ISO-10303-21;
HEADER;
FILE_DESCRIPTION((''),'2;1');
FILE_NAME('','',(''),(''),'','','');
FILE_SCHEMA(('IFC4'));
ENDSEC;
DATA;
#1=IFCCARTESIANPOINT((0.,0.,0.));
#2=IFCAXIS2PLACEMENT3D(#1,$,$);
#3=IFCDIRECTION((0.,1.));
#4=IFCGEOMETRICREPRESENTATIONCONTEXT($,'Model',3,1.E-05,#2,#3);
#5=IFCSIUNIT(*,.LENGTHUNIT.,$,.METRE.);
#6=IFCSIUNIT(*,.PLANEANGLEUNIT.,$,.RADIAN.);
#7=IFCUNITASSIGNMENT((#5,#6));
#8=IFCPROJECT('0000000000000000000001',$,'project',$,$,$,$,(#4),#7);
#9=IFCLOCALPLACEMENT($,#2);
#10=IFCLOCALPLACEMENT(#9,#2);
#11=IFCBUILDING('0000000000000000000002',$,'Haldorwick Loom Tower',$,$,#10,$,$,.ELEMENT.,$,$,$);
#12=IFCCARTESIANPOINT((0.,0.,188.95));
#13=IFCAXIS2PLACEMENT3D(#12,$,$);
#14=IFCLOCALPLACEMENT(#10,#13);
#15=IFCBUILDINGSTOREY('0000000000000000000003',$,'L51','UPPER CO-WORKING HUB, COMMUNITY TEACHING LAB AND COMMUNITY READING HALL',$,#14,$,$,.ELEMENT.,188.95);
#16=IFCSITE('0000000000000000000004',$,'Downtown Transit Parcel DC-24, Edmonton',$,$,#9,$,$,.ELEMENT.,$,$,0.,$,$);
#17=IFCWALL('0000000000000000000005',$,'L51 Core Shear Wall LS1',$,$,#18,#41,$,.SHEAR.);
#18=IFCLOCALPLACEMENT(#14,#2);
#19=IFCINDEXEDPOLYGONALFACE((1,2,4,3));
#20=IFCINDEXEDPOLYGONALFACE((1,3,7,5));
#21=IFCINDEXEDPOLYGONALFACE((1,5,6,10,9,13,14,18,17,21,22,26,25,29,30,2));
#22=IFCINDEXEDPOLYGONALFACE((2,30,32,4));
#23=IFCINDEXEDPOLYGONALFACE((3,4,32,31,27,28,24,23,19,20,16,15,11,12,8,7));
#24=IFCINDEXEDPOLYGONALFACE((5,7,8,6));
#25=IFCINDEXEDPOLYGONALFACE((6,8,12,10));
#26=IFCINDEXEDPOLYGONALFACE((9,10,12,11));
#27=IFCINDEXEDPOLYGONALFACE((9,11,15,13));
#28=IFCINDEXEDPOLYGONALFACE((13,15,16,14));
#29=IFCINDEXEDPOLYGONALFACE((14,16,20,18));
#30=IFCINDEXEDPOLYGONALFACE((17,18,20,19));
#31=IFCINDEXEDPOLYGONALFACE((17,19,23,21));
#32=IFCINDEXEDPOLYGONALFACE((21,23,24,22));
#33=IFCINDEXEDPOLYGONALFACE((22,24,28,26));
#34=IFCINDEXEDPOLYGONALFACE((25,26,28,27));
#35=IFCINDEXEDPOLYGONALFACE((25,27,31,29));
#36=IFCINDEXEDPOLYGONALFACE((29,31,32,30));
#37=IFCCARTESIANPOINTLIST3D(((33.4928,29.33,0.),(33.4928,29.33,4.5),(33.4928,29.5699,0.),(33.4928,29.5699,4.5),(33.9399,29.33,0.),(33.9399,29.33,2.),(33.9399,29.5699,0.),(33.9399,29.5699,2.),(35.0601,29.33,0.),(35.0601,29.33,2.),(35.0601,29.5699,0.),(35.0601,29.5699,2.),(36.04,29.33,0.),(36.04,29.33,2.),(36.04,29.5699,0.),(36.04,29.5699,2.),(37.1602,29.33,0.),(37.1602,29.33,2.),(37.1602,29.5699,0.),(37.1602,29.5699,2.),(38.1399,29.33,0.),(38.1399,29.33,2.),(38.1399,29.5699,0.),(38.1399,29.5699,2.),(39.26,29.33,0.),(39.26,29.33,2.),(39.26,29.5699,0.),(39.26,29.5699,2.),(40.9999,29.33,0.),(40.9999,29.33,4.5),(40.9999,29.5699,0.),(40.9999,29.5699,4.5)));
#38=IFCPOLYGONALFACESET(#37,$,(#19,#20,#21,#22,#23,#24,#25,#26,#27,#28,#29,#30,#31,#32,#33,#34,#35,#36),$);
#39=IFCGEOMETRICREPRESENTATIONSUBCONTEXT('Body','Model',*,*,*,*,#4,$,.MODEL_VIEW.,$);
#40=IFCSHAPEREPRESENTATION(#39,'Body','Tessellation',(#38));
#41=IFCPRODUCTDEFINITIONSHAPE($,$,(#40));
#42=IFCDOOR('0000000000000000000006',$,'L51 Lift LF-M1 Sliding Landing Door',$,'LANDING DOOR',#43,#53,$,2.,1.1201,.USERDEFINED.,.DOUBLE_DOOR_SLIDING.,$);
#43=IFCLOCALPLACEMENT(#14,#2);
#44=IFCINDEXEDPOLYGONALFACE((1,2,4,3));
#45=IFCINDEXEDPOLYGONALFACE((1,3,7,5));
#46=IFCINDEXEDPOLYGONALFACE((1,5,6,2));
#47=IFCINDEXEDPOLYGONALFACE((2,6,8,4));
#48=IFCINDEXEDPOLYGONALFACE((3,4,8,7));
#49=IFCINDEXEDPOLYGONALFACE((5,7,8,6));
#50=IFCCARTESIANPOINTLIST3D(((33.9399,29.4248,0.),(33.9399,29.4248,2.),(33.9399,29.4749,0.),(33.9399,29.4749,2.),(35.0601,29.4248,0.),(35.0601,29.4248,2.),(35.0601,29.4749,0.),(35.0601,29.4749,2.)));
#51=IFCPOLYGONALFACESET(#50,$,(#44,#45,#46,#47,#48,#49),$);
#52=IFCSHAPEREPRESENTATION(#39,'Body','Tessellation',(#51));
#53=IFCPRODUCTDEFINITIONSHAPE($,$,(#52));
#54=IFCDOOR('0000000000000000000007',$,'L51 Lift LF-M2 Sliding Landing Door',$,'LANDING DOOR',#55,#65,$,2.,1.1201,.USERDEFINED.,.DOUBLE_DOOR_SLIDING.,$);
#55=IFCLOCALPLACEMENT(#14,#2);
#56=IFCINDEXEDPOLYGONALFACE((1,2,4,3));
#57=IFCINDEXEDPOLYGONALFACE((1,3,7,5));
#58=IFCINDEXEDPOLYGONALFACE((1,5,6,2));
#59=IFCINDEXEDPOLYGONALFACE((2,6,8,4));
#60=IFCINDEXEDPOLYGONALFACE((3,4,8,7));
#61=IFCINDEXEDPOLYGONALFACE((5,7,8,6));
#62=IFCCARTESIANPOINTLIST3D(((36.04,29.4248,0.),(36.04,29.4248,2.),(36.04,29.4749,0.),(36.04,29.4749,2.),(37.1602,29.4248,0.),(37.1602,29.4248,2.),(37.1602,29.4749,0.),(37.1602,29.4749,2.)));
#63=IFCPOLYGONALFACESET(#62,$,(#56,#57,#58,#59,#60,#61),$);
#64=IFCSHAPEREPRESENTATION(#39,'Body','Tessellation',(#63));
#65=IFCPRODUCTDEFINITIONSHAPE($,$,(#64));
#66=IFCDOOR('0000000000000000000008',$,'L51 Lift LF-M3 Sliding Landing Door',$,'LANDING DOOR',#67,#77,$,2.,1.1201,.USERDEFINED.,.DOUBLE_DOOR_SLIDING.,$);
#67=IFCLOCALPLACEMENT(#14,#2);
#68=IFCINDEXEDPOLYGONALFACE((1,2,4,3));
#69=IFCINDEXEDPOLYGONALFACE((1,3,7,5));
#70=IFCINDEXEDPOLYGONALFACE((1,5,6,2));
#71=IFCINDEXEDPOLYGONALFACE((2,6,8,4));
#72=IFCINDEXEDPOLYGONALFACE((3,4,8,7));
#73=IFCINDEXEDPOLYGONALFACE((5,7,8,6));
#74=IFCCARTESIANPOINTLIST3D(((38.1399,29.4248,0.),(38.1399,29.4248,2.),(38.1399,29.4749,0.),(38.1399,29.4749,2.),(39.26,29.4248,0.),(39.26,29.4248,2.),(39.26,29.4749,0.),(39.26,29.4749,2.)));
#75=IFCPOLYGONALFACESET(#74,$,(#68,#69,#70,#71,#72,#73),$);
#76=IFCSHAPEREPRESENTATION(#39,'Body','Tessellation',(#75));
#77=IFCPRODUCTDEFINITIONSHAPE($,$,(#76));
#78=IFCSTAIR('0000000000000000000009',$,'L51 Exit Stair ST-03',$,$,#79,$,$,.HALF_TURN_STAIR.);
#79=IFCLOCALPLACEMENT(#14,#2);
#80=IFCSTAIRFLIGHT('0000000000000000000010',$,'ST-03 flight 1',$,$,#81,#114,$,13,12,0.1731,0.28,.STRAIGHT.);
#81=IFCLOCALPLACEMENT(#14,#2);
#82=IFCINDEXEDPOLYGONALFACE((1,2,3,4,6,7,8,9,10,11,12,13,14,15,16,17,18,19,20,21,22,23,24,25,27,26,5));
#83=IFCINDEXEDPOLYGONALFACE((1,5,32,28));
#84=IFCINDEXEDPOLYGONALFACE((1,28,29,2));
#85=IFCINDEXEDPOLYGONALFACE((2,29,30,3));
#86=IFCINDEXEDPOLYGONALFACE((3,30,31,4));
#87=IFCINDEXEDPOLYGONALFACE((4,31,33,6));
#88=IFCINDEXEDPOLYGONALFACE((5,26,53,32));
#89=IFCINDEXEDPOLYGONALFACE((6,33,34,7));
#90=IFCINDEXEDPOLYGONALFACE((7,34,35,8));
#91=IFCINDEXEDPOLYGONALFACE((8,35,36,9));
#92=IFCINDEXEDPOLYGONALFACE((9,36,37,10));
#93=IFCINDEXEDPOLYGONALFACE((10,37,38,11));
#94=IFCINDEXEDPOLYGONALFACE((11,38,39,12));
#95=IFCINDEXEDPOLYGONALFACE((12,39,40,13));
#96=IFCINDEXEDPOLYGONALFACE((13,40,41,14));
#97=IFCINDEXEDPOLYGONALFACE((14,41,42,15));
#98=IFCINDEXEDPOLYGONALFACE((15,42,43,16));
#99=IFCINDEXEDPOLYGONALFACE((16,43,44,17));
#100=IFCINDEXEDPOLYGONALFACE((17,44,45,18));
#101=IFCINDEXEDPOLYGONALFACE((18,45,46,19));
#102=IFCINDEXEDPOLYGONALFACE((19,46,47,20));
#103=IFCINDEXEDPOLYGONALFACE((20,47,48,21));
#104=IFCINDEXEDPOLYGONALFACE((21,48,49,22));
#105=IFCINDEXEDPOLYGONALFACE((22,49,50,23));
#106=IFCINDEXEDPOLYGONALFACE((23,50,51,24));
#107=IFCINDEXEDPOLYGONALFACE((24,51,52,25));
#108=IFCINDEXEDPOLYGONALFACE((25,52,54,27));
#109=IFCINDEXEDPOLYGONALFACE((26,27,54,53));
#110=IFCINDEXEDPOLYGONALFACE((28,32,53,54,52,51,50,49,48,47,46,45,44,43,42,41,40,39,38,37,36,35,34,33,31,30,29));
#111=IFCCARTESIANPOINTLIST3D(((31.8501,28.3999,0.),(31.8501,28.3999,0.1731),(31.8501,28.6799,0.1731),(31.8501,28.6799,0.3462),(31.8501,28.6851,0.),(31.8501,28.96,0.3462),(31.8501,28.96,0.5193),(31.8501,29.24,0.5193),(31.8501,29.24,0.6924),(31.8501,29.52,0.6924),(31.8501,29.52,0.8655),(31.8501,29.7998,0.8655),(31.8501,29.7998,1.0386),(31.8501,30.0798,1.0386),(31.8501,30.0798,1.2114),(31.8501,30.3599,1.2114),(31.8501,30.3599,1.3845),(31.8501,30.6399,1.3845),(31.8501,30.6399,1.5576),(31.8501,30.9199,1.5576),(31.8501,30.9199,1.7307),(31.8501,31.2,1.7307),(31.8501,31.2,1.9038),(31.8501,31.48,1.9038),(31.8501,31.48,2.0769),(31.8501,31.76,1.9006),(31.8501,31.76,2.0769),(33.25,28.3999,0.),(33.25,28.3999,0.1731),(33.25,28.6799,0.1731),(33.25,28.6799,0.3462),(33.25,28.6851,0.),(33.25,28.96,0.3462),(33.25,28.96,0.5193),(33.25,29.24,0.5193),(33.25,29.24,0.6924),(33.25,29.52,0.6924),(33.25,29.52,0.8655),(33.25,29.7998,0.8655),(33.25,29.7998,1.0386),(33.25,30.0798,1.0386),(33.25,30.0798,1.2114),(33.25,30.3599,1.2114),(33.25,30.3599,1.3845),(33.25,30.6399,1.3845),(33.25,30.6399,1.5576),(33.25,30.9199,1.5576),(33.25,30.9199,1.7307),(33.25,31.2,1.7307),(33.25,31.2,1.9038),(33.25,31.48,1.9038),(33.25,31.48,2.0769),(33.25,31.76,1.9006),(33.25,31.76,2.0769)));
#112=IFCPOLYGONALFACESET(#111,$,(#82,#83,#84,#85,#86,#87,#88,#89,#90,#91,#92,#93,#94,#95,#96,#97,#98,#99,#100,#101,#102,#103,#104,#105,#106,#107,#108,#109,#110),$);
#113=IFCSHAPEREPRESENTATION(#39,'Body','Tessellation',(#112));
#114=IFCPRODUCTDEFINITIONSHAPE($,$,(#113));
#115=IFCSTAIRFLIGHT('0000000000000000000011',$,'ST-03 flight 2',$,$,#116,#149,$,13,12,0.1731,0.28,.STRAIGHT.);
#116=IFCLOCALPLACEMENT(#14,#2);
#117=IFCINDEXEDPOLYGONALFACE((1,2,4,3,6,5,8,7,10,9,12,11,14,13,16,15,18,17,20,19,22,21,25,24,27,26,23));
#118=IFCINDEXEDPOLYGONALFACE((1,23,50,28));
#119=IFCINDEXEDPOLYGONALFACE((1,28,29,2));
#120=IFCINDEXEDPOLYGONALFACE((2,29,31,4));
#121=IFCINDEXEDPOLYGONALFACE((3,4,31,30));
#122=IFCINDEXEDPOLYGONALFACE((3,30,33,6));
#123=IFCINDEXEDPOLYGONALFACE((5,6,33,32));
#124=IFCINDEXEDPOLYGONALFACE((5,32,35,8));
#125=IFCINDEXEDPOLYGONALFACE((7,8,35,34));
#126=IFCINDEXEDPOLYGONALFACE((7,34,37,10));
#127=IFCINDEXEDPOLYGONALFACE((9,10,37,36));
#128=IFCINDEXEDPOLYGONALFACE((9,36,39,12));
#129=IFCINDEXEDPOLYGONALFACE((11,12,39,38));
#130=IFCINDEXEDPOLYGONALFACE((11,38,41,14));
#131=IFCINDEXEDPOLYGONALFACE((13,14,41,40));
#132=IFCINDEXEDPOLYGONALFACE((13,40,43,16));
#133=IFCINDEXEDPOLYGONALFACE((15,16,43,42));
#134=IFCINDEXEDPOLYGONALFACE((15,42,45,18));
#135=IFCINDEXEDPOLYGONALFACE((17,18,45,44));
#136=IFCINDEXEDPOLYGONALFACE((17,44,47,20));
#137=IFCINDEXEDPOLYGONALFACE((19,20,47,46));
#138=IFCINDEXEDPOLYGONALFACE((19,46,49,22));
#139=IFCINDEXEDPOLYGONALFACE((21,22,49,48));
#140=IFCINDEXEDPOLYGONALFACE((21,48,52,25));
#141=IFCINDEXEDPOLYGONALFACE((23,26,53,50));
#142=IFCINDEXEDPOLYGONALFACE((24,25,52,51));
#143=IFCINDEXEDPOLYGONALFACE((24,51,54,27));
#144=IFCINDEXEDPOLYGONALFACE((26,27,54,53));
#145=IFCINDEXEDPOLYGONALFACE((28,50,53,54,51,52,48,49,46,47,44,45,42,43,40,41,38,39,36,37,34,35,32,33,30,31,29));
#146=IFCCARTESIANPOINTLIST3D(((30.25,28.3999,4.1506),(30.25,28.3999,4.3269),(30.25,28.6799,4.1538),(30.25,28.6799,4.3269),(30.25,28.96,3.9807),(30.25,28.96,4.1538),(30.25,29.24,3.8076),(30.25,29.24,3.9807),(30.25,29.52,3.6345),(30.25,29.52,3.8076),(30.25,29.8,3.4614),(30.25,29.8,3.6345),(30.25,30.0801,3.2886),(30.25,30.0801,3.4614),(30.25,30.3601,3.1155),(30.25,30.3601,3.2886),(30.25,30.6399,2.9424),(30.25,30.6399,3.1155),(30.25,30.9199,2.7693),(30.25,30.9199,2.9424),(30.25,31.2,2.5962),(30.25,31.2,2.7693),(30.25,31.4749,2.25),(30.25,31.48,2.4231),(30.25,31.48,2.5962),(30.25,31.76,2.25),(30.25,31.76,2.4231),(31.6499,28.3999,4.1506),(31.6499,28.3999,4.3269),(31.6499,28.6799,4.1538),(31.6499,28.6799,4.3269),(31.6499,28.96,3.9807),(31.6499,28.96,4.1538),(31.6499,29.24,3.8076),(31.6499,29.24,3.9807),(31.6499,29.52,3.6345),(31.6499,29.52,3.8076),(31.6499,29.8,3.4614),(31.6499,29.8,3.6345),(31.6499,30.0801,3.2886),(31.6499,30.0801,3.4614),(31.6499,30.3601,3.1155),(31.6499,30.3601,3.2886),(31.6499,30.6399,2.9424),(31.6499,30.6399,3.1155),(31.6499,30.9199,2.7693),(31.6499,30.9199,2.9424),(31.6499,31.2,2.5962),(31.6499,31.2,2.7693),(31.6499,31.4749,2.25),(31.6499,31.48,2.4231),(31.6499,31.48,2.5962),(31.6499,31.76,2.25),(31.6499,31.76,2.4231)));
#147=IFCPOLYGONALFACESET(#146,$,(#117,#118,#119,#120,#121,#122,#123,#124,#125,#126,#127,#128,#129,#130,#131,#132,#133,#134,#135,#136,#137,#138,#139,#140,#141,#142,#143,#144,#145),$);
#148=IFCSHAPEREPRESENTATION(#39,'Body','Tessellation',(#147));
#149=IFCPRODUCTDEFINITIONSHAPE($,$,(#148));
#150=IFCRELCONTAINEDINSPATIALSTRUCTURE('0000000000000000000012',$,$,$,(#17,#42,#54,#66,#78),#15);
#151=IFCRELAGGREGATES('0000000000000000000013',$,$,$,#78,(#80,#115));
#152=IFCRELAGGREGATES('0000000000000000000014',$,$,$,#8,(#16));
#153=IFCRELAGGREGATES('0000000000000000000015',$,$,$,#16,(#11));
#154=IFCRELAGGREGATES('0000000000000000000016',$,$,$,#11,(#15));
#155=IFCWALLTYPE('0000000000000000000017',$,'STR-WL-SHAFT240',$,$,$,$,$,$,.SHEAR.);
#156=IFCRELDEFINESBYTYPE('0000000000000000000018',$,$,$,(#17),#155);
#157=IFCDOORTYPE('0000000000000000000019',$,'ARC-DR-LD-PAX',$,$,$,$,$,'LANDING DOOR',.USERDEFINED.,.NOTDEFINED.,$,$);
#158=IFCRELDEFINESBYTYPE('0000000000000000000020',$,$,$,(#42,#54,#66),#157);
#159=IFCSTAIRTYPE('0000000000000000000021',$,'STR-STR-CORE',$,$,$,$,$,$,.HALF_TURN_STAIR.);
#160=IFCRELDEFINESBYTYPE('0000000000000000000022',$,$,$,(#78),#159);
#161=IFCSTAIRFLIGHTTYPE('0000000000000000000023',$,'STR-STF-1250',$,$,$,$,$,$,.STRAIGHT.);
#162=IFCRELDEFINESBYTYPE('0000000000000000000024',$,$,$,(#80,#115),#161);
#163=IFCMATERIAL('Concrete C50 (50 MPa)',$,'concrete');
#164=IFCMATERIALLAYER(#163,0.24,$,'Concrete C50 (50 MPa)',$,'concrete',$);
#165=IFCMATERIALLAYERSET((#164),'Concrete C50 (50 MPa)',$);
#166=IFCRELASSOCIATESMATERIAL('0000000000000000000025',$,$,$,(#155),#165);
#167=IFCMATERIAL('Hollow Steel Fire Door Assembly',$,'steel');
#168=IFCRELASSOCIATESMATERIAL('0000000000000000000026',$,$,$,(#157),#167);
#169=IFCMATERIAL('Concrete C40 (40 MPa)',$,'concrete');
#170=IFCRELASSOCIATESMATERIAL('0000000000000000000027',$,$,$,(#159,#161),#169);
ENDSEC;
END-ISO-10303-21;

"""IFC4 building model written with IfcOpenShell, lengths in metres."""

from ifc_helpers import new_model, si_unit, direction, frame, frame_2d, origin, place, context, subcontext, project, spatial, polyline, rectangle, outline, extrude, material, layer, layer_set, type_object, element, fill, aggregate, save


model = new_model("IFC4")

# Units and contexts
model_context = context("Model", 3, precision=1e-05, world=origin(), true_north=direction((0.0, 1.0)))
body_context = subcontext(model_context, "Body", "Model", "MODEL_VIEW")
ifc_project = project(units=[si_unit("LENGTHUNIT", "METRE"), si_unit("PLANEANGLEUNIT", "RADIAN")], contexts=[model_context])

# Site, building, storey
site_placement = place(None, origin())
site = spatial("IfcSite", under=ifc_project, at=site_placement, Name="Downtown Transit Parcel DC-24, Edmonton", CompositionType="ELEMENT", RefElevation=0.0)
building_placement = place(site_placement, origin())
building = spatial("IfcBuilding", under=site, at=building_placement, Name="Haldorwick Loom Tower", CompositionType="ELEMENT")
storey_placement = place(building_placement, frame((0.0, 0.0, 188.95)))
storey = spatial("IfcBuildingStorey", under=building, at=storey_placement, Name="L51", Description="UPPER CO-WORKING HUB, COMMUNITY TEACHING LAB AND COMMUNITY READING HALL", CompositionType="ELEMENT", Elevation=188.95)

# Shared definitions
ifc_material_1 = material(Name="Hollow Steel Fire Door Assembly", Category="steel")

# Shared definitions
ifc_material_2 = material(Name="Concrete C50 (50 MPa)", Category="concrete")
ifc_layer_1 = layer(ifc_material_2, 0.24, Name="Concrete C50 (50 MPa)", Category="concrete")
ifc_layer_set_1 = layer_set([ifc_layer_1], Name="Concrete C50 (50 MPa)")
wall_type_1 = type_object("IfcWallType", Name="STR-WL-SHAFT240", PredefinedType="SHEAR", material=ifc_layer_set_1)

# Wall, openings, doors
wall_1_placement = place(storey_placement, frame((33.4929, 29.45, 0.0), z_axis=(0.0, 0.0, 1.0), x_axis=(1.0, 0.0, 0.0)))
wall_1 = element("IfcWall", 1, at=wall_1_placement, inside=storey, type_object=wall_type_1, Name="L51 Core Shear Wall LS1", PredefinedType="SHEAR", context=body_context, shape_type="SweptSolid", body=[
    extrude(rectangle(XDim=7.5071, YDim=0.24, at=frame_2d((3.7534, 0.0))), origin(), (0.0, 0.0, 1.0), 4.5),
])
opening_1_placement = place(wall_1_placement, frame((0.447, 0.0, 0.0)))
opening_1 = element("IfcOpeningElement", 2, at=opening_1_placement, cuts=wall_1, PredefinedType="OPENING", context=body_context, shape_type="SweptSolid", body=[
    extrude(rectangle(XDim=1.1201, YDim=2.0, at=frame_2d((0.5601, 1.0))), frame((0.0, 0.1299, 0.0), z_axis=(0.0, -1.0, 0.0), x_axis=(1.0, 0.0, 0.0)), (0.0, 0.0, 1.0), 0.26),
])
opening_2_placement = place(wall_1_placement, frame((2.5471, 0.0, 0.0)))
opening_2 = element("IfcOpeningElement", 3, at=opening_2_placement, cuts=wall_1, PredefinedType="OPENING", context=body_context, shape_type="SweptSolid", body=[
    extrude(rectangle(XDim=1.1201, YDim=2.0, at=frame_2d((0.5601, 1.0))), frame((0.0, 0.1299, 0.0), z_axis=(0.0, -1.0, 0.0), x_axis=(1.0, 0.0, 0.0)), (0.0, 0.0, 1.0), 0.26),
])
opening_3_placement = place(wall_1_placement, frame((4.647, 0.0, 0.0)))
opening_3 = element("IfcOpeningElement", 4, at=opening_3_placement, cuts=wall_1, PredefinedType="OPENING", context=body_context, shape_type="SweptSolid", body=[
    extrude(rectangle(XDim=1.1201, YDim=2.0, at=frame_2d((0.5601, 1.0))), frame((0.0, 0.1299, 0.0), z_axis=(0.0, -1.0, 0.0), x_axis=(1.0, 0.0, 0.0)), (0.0, 0.0, 1.0), 0.26),
])
door_type_1 = type_object("IfcDoorType", Name="ARC-DR-LD-PAX", ElementType="LANDING DOOR", OperationType="NOTDEFINED", PredefinedType="USERDEFINED", material=ifc_material_1)
door_1_placement = place(opening_1_placement, origin())
door_1 = element("IfcDoor", 5, at=door_1_placement, inside=storey, type_object=door_type_1, Name="L51 Lift LF-M1 Sliding Landing Door", ObjectType="LANDING DOOR", OperationType="DOUBLE_DOOR_SLIDING", OverallHeight=2.0, OverallWidth=1.1201, PredefinedType="USERDEFINED", context=body_context, shape_type="SweptSolid", body=[
    extrude(rectangle(XDim=1.1201, YDim=2.0, at=frame_2d((0.5601, 1.0))), frame((0.0, 0.0249, 0.0), z_axis=(0.0, -1.0, 0.0), x_axis=(1.0, 0.0, 0.0)), (0.0, 0.0, 1.0), 0.05),
])
fill(opening_1, door_1)
door_2_placement = place(opening_2_placement, origin())
door_2 = element("IfcDoor", 6, at=door_2_placement, inside=storey, type_object=door_type_1, Name="L51 Lift LF-M2 Sliding Landing Door", ObjectType="LANDING DOOR", OperationType="DOUBLE_DOOR_SLIDING", OverallHeight=2.0, OverallWidth=1.1201, PredefinedType="USERDEFINED", context=body_context, shape_type="SweptSolid", body=[
    extrude(rectangle(XDim=1.1201, YDim=2.0, at=frame_2d((0.5601, 1.0))), frame((0.0, 0.0249, 0.0), z_axis=(0.0, -1.0, 0.0), x_axis=(1.0, 0.0, 0.0)), (0.0, 0.0, 1.0), 0.05),
])
fill(opening_2, door_2)
door_3_placement = place(opening_3_placement, origin())
door_3 = element("IfcDoor", 7, at=door_3_placement, inside=storey, type_object=door_type_1, Name="L51 Lift LF-M3 Sliding Landing Door", ObjectType="LANDING DOOR", OperationType="DOUBLE_DOOR_SLIDING", OverallHeight=2.0, OverallWidth=1.1201, PredefinedType="USERDEFINED", context=body_context, shape_type="SweptSolid", body=[
    extrude(rectangle(XDim=1.1201, YDim=2.0, at=frame_2d((0.5601, 1.0))), frame((0.0, 0.0249, 0.0), z_axis=(0.0, -1.0, 0.0), x_axis=(1.0, 0.0, 0.0)), (0.0, 0.0, 1.0), 0.05),
])
fill(opening_3, door_3)

# Stair, stair flights
ifc_material_3 = material(Name="Concrete C40 (40 MPa)", Category="concrete")
stair_type = type_object("IfcStairType", Name="STR-STR-CORE", PredefinedType="HALF_TURN_STAIR", material=ifc_material_3)
stair_placement = place(storey_placement, origin())
stair = element("IfcStair", 8, at=stair_placement, inside=storey, type_object=stair_type, Name="L51 Exit Stair ST-03", PredefinedType="HALF_TURN_STAIR")
stair_flight_type = type_object("IfcStairFlightType", Name="STR-STF-1250", PredefinedType="STRAIGHT", material=ifc_material_3)
stair_flight_1_placement = place(storey_placement, frame((32.55, 28.3999, 0.0), z_axis=(0.0, 0.0, 1.0), x_axis=(0.0, 1.0, 0.0)))
stair_flight_1 = element("IfcStairFlight", 9, at=stair_flight_1_placement, type_object=stair_flight_type, Name="ST-03 flight 1", NumberOfRisers=13, NumberOfTreads=12, PredefinedType="STRAIGHT", RiserHeight=0.1731, TreadLength=0.28, context=body_context, shape_type="SweptSolid", body=[
    extrude(outline(polyline([(0.0, 0.0), (0.0, 0.1731), (0.28, 0.1731), (0.28, 0.3462), (0.5601, 0.3462), (0.5601, 0.5193), (0.8401, 0.5193), (0.8401, 0.6924), (1.1201, 0.6924), (1.1201, 0.8655), (1.3999, 0.8655), (1.3999, 1.0386), (1.6799, 1.0386), (1.6799, 1.2114), (1.96, 1.2114), (1.96, 1.3845), (2.24, 1.3845), (2.24, 1.5576), (2.52, 1.5576), (2.52, 1.7307), (2.8, 1.7307), (2.8, 1.9038), (3.0801, 1.9038), (3.0801, 2.0769), (3.3601, 2.0769), (3.3601, 2.25), (3.3601, 1.9006), (0.2852, 0.0), (0.0, 0.0)])), frame((0.0, 0.7, 0.0), z_axis=(0.0, -1.0, 0.0), x_axis=(1.0, 0.0, 0.0)), (0.0, 0.0, 1.0), 1.3999),
])
stair_flight_2_placement = place(storey_placement, frame((30.95, 31.76, 2.25), z_axis=(0.0, 0.0, 1.0), x_axis=(0.0, -1.0, 0.0)))
stair_flight_2 = element("IfcStairFlight", 10, at=stair_flight_2_placement, type_object=stair_flight_type, Name="ST-03 flight 2", NumberOfRisers=13, NumberOfTreads=12, PredefinedType="STRAIGHT", RiserHeight=0.1731, TreadLength=0.28, context=body_context, shape_type="SweptSolid", body=[
    extrude(outline(polyline([(0.0, 0.0), (0.0, 0.1731), (0.28, 0.1731), (0.28, 0.3462), (0.5601, 0.3462), (0.5601, 0.5193), (0.8401, 0.5193), (0.8401, 0.6924), (1.1201, 0.6924), (1.1201, 0.8655), (1.3999, 0.8655), (1.3999, 1.0386), (1.6799, 1.0386), (1.6799, 1.2114), (1.96, 1.2114), (1.96, 1.3845), (2.24, 1.3845), (2.24, 1.5576), (2.52, 1.5576), (2.52, 1.7307), (2.8, 1.7307), (2.8, 1.9038), (3.0801, 1.9038), (3.0801, 2.0769), (3.3601, 2.0769), (3.3601, 2.25), (3.3601, 1.9006), (0.2852, 0.0), (0.0, 0.0)])), frame((0.0, 0.7, 0.0), z_axis=(0.0, -1.0, 0.0), x_axis=(1.0, 0.0, 0.0)), (0.0, 0.0, 1.0), 1.3999),
])
aggregate(stair, [stair_flight_1, stair_flight_2])

save(model, "model.ifc")
